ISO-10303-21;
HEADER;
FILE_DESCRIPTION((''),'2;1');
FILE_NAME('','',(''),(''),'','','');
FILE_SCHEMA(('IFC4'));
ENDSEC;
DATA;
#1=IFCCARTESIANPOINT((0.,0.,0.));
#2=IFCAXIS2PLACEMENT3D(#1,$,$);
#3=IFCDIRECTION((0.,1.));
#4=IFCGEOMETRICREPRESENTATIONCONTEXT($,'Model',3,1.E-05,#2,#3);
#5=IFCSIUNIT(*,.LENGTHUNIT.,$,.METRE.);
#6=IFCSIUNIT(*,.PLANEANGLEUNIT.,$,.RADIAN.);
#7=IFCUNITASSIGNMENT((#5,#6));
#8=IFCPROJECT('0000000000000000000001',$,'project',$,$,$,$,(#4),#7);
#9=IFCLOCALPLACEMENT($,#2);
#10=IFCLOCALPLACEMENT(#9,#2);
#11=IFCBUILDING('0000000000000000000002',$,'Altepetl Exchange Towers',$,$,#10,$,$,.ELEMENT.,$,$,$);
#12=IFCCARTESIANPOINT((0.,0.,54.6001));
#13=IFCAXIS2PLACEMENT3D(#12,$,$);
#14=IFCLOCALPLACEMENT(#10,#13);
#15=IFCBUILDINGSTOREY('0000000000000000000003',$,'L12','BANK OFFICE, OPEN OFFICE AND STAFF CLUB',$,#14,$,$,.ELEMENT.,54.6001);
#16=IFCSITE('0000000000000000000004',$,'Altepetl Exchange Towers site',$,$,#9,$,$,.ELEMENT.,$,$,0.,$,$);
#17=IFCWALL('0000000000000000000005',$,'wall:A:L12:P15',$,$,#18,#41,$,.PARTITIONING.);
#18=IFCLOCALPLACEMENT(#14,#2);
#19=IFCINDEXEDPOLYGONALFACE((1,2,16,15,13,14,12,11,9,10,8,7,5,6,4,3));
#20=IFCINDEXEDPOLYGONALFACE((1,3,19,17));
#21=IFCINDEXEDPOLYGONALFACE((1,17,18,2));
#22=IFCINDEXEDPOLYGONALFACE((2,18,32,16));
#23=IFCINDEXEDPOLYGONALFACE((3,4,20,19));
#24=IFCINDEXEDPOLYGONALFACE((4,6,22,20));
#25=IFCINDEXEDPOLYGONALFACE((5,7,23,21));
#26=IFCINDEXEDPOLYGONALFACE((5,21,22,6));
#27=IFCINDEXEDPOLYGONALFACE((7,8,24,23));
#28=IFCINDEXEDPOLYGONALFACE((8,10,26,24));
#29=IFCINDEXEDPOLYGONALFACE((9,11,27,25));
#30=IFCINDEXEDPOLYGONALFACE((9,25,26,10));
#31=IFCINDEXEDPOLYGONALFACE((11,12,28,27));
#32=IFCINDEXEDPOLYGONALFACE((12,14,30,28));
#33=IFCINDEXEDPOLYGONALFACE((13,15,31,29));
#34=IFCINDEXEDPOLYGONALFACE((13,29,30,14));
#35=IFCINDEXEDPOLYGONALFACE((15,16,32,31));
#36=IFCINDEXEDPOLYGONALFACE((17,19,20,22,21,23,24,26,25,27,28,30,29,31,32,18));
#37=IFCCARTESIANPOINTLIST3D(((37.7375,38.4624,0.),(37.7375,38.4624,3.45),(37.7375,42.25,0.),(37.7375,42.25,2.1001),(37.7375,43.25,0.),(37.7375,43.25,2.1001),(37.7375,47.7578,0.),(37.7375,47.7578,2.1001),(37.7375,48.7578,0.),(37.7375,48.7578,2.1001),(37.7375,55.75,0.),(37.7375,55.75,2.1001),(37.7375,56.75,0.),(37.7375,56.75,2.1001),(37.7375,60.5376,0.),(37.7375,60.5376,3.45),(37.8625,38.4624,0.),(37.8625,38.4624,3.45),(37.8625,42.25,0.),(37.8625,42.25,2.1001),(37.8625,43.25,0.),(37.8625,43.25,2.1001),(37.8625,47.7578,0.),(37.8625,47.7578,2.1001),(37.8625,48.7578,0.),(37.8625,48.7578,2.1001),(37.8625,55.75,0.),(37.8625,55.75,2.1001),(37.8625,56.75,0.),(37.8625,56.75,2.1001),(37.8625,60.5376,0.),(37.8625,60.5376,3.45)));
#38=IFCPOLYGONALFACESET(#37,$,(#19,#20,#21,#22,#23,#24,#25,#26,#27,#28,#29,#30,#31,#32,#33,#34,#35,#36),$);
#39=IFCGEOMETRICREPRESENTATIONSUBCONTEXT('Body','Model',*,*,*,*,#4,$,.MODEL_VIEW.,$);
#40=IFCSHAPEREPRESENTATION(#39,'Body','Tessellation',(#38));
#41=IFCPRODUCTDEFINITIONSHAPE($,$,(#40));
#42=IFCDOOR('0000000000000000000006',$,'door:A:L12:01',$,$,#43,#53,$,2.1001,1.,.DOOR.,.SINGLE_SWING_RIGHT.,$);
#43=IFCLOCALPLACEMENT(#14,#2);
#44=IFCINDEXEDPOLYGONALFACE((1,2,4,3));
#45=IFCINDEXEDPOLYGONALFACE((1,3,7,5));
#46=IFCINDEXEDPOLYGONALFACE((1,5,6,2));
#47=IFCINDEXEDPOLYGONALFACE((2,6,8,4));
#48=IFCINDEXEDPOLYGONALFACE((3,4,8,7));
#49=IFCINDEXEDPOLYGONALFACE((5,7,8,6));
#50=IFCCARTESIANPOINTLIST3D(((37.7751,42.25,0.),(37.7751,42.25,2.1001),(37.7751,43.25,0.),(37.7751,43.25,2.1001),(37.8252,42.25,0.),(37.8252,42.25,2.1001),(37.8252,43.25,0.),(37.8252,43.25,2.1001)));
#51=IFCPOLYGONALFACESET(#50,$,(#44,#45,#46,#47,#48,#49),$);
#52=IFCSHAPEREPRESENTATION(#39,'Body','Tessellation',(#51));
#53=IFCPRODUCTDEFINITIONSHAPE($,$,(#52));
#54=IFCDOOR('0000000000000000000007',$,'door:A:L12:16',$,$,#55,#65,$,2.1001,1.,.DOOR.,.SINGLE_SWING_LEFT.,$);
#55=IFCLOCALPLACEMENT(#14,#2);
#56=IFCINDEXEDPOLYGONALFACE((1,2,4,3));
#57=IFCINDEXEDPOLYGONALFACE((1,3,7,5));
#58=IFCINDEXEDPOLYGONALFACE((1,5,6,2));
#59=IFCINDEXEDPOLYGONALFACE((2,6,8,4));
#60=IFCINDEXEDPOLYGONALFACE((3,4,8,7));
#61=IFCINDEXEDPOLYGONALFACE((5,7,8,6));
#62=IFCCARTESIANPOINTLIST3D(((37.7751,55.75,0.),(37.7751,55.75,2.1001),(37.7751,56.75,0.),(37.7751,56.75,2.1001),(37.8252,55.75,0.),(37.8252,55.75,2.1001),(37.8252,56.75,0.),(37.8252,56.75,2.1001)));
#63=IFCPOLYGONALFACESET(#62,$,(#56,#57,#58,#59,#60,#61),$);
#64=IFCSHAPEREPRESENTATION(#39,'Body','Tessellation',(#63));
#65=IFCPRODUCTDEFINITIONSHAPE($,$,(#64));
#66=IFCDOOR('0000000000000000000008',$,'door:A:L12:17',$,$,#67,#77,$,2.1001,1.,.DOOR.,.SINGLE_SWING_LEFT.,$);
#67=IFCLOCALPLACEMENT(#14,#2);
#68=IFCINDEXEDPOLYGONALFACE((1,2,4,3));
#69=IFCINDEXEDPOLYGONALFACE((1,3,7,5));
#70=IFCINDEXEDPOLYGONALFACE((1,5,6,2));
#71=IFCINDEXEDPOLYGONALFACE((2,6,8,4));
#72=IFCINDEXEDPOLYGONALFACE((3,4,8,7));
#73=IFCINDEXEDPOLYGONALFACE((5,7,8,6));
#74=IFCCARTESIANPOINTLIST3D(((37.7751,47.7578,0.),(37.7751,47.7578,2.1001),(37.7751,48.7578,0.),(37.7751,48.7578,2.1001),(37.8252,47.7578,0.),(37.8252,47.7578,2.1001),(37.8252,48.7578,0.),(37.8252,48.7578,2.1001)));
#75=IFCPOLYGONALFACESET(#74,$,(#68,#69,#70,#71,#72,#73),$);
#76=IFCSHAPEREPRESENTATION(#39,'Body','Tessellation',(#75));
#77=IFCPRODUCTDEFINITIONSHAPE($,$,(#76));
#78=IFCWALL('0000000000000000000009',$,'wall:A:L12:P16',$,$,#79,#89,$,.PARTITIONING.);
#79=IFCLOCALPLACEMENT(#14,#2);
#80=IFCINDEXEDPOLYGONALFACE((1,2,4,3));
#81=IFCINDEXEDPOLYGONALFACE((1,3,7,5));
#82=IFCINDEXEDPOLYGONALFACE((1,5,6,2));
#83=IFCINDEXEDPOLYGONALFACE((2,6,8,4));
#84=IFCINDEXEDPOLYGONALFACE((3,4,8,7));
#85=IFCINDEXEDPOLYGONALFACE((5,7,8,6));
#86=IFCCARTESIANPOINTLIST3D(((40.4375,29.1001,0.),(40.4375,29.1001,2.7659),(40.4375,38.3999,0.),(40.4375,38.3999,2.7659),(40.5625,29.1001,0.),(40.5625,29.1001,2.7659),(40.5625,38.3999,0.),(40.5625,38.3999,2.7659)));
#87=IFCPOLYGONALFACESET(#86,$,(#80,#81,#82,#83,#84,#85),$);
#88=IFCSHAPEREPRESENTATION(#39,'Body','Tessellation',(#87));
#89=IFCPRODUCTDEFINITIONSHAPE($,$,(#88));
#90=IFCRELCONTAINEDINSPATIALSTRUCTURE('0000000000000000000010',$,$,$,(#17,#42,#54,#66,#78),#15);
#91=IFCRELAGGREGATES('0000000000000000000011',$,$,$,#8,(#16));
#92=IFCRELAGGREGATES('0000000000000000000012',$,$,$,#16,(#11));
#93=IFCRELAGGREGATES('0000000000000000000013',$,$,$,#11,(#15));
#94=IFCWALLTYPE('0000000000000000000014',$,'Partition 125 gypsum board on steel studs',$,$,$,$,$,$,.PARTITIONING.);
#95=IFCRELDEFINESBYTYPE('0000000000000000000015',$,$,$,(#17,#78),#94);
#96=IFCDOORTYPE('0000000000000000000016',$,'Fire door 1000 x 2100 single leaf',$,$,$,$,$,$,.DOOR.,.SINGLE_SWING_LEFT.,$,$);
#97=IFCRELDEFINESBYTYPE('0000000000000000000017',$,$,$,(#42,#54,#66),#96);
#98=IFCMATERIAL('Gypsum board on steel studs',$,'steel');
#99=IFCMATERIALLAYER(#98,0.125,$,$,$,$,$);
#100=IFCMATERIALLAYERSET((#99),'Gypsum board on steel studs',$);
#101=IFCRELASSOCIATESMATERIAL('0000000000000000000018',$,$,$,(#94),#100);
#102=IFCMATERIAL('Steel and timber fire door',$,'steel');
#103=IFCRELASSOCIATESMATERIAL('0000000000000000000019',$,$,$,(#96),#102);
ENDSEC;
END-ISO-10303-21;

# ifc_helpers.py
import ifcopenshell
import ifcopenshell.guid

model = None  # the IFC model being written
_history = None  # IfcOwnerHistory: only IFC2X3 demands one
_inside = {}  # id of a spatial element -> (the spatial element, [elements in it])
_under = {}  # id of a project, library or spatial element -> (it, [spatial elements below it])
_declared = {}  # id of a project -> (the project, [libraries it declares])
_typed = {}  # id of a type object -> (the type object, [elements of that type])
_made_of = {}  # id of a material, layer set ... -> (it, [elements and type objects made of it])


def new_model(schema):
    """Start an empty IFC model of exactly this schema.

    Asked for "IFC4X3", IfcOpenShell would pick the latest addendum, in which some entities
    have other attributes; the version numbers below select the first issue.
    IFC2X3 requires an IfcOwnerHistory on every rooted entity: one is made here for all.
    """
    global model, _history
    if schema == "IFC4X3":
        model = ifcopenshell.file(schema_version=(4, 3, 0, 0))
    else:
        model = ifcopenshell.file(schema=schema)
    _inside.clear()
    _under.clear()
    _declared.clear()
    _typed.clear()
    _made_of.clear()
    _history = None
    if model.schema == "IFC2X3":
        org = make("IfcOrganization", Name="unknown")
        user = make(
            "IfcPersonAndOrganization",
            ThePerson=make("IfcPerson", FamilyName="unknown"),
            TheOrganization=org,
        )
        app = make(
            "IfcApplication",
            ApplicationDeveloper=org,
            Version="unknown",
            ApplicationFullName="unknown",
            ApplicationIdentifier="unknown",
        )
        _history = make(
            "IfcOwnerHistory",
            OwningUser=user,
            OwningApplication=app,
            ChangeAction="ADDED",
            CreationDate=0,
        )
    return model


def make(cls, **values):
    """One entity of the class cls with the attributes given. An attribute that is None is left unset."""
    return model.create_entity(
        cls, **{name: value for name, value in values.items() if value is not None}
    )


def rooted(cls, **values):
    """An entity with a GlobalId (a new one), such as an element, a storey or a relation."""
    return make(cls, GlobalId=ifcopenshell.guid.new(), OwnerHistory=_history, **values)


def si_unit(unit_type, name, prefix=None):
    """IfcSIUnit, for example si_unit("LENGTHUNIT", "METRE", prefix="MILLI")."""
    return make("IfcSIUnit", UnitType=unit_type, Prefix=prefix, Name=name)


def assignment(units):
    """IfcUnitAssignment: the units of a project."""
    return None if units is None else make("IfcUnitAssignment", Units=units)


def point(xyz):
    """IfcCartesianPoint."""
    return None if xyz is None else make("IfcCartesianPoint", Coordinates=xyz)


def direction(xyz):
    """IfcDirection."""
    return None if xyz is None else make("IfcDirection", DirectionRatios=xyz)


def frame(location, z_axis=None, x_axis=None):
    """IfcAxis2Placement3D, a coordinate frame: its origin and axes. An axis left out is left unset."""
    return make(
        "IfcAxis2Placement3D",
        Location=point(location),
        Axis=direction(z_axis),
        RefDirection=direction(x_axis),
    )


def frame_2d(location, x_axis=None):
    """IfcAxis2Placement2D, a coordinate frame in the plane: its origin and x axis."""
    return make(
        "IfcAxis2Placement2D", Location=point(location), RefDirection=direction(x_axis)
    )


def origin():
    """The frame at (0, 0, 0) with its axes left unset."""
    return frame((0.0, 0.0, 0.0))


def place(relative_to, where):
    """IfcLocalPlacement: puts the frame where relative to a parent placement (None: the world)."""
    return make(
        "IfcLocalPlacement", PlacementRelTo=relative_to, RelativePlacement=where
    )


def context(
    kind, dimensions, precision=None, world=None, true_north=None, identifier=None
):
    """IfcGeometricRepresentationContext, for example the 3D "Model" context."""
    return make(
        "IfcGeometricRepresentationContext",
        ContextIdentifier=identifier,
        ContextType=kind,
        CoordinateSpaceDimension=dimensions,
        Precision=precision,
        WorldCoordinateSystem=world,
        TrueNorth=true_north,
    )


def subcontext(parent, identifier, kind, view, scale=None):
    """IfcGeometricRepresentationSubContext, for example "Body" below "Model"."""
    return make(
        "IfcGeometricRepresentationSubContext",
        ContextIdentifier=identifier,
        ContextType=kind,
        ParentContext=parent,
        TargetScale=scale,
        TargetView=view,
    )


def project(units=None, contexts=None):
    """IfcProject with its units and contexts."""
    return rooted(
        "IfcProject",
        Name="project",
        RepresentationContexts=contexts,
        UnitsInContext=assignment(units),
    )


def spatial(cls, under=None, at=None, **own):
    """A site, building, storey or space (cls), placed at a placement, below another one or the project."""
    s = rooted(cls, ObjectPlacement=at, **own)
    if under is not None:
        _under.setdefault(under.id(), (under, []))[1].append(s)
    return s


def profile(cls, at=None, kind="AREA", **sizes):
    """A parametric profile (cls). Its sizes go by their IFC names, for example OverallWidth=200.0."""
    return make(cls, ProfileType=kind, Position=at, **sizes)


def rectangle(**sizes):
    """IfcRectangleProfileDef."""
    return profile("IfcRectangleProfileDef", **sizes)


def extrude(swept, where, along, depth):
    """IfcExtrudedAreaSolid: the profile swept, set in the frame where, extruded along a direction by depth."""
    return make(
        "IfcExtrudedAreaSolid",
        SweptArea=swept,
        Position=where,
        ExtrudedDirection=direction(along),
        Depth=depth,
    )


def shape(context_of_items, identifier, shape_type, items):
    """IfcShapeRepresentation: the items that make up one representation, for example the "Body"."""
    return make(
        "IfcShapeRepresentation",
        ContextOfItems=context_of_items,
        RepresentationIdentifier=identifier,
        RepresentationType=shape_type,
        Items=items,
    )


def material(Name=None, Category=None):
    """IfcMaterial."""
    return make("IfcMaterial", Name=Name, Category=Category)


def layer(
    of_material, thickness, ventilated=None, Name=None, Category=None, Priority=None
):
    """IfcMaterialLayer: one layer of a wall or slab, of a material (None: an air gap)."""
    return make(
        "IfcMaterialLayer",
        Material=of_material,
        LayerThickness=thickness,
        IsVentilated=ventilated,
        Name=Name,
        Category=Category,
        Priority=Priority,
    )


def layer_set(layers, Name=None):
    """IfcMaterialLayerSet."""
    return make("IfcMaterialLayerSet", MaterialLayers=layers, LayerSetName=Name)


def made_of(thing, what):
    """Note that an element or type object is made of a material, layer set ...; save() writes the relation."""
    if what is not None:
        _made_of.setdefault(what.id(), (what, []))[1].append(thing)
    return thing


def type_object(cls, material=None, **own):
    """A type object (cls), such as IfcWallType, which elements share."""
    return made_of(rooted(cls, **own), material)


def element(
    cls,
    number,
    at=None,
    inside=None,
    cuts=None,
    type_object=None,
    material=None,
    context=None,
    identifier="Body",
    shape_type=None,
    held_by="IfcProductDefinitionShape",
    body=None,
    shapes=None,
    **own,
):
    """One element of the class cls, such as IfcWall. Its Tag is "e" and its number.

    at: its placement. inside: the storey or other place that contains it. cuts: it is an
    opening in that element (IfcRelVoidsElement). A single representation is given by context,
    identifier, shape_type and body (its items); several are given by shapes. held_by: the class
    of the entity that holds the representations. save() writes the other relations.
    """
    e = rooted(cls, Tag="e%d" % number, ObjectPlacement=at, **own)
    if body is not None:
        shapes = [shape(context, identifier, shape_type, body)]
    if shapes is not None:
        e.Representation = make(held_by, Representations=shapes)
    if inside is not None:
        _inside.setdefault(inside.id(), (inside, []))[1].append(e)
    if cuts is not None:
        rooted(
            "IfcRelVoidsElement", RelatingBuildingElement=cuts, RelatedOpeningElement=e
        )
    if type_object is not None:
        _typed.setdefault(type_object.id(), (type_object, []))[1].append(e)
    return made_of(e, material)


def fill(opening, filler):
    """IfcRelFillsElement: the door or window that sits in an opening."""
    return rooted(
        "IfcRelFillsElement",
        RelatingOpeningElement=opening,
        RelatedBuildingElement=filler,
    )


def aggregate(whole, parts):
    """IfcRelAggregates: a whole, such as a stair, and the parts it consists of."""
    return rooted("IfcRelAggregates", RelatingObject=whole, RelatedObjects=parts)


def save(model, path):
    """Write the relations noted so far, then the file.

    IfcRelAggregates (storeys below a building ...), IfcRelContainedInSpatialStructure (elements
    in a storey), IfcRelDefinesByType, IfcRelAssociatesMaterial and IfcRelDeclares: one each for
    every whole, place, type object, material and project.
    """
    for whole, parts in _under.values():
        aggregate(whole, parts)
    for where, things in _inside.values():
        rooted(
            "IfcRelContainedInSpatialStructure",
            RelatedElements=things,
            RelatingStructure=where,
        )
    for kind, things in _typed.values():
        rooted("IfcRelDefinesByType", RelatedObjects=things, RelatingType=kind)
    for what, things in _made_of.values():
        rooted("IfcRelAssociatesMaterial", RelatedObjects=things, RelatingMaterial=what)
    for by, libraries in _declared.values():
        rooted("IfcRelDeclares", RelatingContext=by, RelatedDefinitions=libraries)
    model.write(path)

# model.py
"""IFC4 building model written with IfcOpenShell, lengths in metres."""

from ifc_helpers import new_model, si_unit, direction, frame, frame_2d, origin, place, context, subcontext, project, spatial, rectangle, extrude, material, layer, layer_set, type_object, element, fill, save


model = new_model("IFC4")

# Units and contexts
model_context = context("Model", 3, precision=1e-05, world=origin(), true_north=direction((0.0, 1.0)))
body_context = subcontext(model_context, "Body", "Model", "MODEL_VIEW")
ifc_project = project(units=[si_unit("LENGTHUNIT", "METRE"), si_unit("PLANEANGLEUNIT", "RADIAN")], contexts=[model_context])

# Site, building, storey
site_placement = place(None, origin())
site = spatial("IfcSite", under=ifc_project, at=site_placement, Name="Altepetl Exchange Towers site", CompositionType="ELEMENT", RefElevation=0.0)
building_placement = place(site_placement, origin())
building = spatial("IfcBuilding", under=site, at=building_placement, Name="Altepetl Exchange Towers", CompositionType="ELEMENT")
storey_placement = place(building_placement, frame((0.0, 0.0, 54.6001)))
storey = spatial("IfcBuildingStorey", under=building, at=storey_placement, Name="L12", Description="BANK OFFICE, OPEN OFFICE AND STAFF CLUB", CompositionType="ELEMENT", Elevation=54.6001)

# Shared definitions
ifc_material_1 = material(Name="Steel and timber fire door", Category="steel")
ifc_material_2 = material(Name="Gypsum board on steel studs", Category="steel")
ifc_layer_1 = layer(ifc_material_2, 0.125)
ifc_layer_set_1 = layer_set([ifc_layer_1], Name="Gypsum board on steel studs")
wall_type_1 = type_object("IfcWallType", Name="Partition 125 gypsum board on steel studs", PredefinedType="PARTITIONING", material=ifc_layer_set_1)
door_type_1 = type_object("IfcDoorType", Name="Fire door 1000 x 2100 single leaf", OperationType="SINGLE_SWING_LEFT", PredefinedType="DOOR", material=ifc_material_1)

# Wall, openings, doors
wall_1_placement = place(storey_placement, frame((37.8, 38.4624, 0.0), z_axis=(0.0, 0.0, 1.0), x_axis=(0.0, 1.0, 0.0)))
wall_1 = element("IfcWall", 1, at=wall_1_placement, inside=storey, type_object=wall_type_1, Name="wall:A:L12:P15", PredefinedType="PARTITIONING", context=body_context, shape_type="SweptSolid", body=[
    extrude(rectangle(XDim=22.0752, YDim=0.125, at=frame_2d((11.0376, 0.0))), origin(), (0.0, 0.0, 1.0), 3.45),
])
opening_1_placement = place(wall_1_placement, frame((3.7876, 0.0, 0.0)))
opening_1 = element("IfcOpeningElement", 2, at=opening_1_placement, cuts=wall_1, PredefinedType="OPENING", context=body_context, shape_type="SweptSolid", body=[
    extrude(rectangle(XDim=1.0, YDim=2.1001, at=frame_2d((0.5, 1.05))), frame((0.0, 0.0725, 0.0), z_axis=(0.0, -1.0, 0.0), x_axis=(1.0, 0.0, 0.0)), (0.0, 0.0, 1.0), 0.145),
])
opening_2_placement = place(wall_1_placement, frame((17.2876, 0.0, 0.0)))
opening_2 = element("IfcOpeningElement", 3, at=opening_2_placement, cuts=wall_1, PredefinedType="OPENING", context=body_context, shape_type="SweptSolid", body=[
    extrude(rectangle(XDim=1.0, YDim=2.1001, at=frame_2d((0.5, 1.05))), frame((0.0, 0.0725, 0.0), z_axis=(0.0, -1.0, 0.0), x_axis=(1.0, 0.0, 0.0)), (0.0, 0.0, 1.0), 0.145),
])
opening_3_placement = place(wall_1_placement, frame((9.2954, 0.0, 0.0)))
opening_3 = element("IfcOpeningElement", 4, at=opening_3_placement, cuts=wall_1, PredefinedType="OPENING", context=body_context, shape_type="SweptSolid", body=[
    extrude(rectangle(XDim=1.0, YDim=2.1001, at=frame_2d((0.5, 1.05))), frame((0.0, 0.0725, 0.0), z_axis=(0.0, -1.0, 0.0), x_axis=(1.0, 0.0, 0.0)), (0.0, 0.0, 1.0), 0.145),
])
door_1_placement = place(opening_1_placement, origin())
door_1 = element("IfcDoor", 5, at=door_1_placement, inside=storey, type_object=door_type_1, Name="door:A:L12:01", OperationType="SINGLE_SWING_RIGHT", OverallHeight=2.1001, OverallWidth=1.0, PredefinedType="DOOR", context=body_context, shape_type="SweptSolid", body=[
    extrude(rectangle(XDim=1.0, YDim=2.1001, at=frame_2d((0.5, 1.05))), frame((0.0, 0.0249, 0.0), z_axis=(0.0, -1.0, 0.0), x_axis=(1.0, 0.0, 0.0)), (0.0, 0.0, 1.0), 0.05),
])
fill(opening_1, door_1)
door_2_placement = place(opening_2_placement, origin())
door_2 = element("IfcDoor", 6, at=door_2_placement, inside=storey, type_object=door_type_1, Name="door:A:L12:16", OperationType="SINGLE_SWING_LEFT", OverallHeight=2.1001, OverallWidth=1.0, PredefinedType="DOOR", context=body_context, shape_type="SweptSolid", body=[
    extrude(rectangle(XDim=1.0, YDim=2.1001, at=frame_2d((0.5, 1.05))), frame((0.0, 0.0249, 0.0), z_axis=(0.0, -1.0, 0.0), x_axis=(1.0, 0.0, 0.0)), (0.0, 0.0, 1.0), 0.05),
])
fill(opening_2, door_2)
door_3_placement = place(opening_3_placement, origin())
door_3 = element("IfcDoor", 7, at=door_3_placement, inside=storey, type_object=door_type_1, Name="door:A:L12:17", OperationType="SINGLE_SWING_LEFT", OverallHeight=2.1001, OverallWidth=1.0, PredefinedType="DOOR", context=body_context, shape_type="SweptSolid", body=[
    extrude(rectangle(XDim=1.0, YDim=2.1001, at=frame_2d((0.5, 1.05))), frame((0.0, 0.0249, 0.0), z_axis=(0.0, -1.0, 0.0), x_axis=(1.0, 0.0, 0.0)), (0.0, 0.0, 1.0), 0.05),
])
fill(opening_3, door_3)

# Wall
wall_2_placement = place(storey_placement, frame((40.5, 29.1001, 0.0), z_axis=(0.0, 0.0, 1.0), x_axis=(0.0, 1.0, 0.0)))
element("IfcWall", 8, at=wall_2_placement, inside=storey, type_object=wall_type_1, Name="wall:A:L12:P16", PredefinedType="PARTITIONING", context=body_context, shape_type="SweptSolid", body=[
    extrude(rectangle(XDim=9.2998, YDim=0.125, at=frame_2d((4.6499, 0.0))), origin(), (0.0, 0.0, 1.0), 2.7659),
])

save(model, "model.ifc")
